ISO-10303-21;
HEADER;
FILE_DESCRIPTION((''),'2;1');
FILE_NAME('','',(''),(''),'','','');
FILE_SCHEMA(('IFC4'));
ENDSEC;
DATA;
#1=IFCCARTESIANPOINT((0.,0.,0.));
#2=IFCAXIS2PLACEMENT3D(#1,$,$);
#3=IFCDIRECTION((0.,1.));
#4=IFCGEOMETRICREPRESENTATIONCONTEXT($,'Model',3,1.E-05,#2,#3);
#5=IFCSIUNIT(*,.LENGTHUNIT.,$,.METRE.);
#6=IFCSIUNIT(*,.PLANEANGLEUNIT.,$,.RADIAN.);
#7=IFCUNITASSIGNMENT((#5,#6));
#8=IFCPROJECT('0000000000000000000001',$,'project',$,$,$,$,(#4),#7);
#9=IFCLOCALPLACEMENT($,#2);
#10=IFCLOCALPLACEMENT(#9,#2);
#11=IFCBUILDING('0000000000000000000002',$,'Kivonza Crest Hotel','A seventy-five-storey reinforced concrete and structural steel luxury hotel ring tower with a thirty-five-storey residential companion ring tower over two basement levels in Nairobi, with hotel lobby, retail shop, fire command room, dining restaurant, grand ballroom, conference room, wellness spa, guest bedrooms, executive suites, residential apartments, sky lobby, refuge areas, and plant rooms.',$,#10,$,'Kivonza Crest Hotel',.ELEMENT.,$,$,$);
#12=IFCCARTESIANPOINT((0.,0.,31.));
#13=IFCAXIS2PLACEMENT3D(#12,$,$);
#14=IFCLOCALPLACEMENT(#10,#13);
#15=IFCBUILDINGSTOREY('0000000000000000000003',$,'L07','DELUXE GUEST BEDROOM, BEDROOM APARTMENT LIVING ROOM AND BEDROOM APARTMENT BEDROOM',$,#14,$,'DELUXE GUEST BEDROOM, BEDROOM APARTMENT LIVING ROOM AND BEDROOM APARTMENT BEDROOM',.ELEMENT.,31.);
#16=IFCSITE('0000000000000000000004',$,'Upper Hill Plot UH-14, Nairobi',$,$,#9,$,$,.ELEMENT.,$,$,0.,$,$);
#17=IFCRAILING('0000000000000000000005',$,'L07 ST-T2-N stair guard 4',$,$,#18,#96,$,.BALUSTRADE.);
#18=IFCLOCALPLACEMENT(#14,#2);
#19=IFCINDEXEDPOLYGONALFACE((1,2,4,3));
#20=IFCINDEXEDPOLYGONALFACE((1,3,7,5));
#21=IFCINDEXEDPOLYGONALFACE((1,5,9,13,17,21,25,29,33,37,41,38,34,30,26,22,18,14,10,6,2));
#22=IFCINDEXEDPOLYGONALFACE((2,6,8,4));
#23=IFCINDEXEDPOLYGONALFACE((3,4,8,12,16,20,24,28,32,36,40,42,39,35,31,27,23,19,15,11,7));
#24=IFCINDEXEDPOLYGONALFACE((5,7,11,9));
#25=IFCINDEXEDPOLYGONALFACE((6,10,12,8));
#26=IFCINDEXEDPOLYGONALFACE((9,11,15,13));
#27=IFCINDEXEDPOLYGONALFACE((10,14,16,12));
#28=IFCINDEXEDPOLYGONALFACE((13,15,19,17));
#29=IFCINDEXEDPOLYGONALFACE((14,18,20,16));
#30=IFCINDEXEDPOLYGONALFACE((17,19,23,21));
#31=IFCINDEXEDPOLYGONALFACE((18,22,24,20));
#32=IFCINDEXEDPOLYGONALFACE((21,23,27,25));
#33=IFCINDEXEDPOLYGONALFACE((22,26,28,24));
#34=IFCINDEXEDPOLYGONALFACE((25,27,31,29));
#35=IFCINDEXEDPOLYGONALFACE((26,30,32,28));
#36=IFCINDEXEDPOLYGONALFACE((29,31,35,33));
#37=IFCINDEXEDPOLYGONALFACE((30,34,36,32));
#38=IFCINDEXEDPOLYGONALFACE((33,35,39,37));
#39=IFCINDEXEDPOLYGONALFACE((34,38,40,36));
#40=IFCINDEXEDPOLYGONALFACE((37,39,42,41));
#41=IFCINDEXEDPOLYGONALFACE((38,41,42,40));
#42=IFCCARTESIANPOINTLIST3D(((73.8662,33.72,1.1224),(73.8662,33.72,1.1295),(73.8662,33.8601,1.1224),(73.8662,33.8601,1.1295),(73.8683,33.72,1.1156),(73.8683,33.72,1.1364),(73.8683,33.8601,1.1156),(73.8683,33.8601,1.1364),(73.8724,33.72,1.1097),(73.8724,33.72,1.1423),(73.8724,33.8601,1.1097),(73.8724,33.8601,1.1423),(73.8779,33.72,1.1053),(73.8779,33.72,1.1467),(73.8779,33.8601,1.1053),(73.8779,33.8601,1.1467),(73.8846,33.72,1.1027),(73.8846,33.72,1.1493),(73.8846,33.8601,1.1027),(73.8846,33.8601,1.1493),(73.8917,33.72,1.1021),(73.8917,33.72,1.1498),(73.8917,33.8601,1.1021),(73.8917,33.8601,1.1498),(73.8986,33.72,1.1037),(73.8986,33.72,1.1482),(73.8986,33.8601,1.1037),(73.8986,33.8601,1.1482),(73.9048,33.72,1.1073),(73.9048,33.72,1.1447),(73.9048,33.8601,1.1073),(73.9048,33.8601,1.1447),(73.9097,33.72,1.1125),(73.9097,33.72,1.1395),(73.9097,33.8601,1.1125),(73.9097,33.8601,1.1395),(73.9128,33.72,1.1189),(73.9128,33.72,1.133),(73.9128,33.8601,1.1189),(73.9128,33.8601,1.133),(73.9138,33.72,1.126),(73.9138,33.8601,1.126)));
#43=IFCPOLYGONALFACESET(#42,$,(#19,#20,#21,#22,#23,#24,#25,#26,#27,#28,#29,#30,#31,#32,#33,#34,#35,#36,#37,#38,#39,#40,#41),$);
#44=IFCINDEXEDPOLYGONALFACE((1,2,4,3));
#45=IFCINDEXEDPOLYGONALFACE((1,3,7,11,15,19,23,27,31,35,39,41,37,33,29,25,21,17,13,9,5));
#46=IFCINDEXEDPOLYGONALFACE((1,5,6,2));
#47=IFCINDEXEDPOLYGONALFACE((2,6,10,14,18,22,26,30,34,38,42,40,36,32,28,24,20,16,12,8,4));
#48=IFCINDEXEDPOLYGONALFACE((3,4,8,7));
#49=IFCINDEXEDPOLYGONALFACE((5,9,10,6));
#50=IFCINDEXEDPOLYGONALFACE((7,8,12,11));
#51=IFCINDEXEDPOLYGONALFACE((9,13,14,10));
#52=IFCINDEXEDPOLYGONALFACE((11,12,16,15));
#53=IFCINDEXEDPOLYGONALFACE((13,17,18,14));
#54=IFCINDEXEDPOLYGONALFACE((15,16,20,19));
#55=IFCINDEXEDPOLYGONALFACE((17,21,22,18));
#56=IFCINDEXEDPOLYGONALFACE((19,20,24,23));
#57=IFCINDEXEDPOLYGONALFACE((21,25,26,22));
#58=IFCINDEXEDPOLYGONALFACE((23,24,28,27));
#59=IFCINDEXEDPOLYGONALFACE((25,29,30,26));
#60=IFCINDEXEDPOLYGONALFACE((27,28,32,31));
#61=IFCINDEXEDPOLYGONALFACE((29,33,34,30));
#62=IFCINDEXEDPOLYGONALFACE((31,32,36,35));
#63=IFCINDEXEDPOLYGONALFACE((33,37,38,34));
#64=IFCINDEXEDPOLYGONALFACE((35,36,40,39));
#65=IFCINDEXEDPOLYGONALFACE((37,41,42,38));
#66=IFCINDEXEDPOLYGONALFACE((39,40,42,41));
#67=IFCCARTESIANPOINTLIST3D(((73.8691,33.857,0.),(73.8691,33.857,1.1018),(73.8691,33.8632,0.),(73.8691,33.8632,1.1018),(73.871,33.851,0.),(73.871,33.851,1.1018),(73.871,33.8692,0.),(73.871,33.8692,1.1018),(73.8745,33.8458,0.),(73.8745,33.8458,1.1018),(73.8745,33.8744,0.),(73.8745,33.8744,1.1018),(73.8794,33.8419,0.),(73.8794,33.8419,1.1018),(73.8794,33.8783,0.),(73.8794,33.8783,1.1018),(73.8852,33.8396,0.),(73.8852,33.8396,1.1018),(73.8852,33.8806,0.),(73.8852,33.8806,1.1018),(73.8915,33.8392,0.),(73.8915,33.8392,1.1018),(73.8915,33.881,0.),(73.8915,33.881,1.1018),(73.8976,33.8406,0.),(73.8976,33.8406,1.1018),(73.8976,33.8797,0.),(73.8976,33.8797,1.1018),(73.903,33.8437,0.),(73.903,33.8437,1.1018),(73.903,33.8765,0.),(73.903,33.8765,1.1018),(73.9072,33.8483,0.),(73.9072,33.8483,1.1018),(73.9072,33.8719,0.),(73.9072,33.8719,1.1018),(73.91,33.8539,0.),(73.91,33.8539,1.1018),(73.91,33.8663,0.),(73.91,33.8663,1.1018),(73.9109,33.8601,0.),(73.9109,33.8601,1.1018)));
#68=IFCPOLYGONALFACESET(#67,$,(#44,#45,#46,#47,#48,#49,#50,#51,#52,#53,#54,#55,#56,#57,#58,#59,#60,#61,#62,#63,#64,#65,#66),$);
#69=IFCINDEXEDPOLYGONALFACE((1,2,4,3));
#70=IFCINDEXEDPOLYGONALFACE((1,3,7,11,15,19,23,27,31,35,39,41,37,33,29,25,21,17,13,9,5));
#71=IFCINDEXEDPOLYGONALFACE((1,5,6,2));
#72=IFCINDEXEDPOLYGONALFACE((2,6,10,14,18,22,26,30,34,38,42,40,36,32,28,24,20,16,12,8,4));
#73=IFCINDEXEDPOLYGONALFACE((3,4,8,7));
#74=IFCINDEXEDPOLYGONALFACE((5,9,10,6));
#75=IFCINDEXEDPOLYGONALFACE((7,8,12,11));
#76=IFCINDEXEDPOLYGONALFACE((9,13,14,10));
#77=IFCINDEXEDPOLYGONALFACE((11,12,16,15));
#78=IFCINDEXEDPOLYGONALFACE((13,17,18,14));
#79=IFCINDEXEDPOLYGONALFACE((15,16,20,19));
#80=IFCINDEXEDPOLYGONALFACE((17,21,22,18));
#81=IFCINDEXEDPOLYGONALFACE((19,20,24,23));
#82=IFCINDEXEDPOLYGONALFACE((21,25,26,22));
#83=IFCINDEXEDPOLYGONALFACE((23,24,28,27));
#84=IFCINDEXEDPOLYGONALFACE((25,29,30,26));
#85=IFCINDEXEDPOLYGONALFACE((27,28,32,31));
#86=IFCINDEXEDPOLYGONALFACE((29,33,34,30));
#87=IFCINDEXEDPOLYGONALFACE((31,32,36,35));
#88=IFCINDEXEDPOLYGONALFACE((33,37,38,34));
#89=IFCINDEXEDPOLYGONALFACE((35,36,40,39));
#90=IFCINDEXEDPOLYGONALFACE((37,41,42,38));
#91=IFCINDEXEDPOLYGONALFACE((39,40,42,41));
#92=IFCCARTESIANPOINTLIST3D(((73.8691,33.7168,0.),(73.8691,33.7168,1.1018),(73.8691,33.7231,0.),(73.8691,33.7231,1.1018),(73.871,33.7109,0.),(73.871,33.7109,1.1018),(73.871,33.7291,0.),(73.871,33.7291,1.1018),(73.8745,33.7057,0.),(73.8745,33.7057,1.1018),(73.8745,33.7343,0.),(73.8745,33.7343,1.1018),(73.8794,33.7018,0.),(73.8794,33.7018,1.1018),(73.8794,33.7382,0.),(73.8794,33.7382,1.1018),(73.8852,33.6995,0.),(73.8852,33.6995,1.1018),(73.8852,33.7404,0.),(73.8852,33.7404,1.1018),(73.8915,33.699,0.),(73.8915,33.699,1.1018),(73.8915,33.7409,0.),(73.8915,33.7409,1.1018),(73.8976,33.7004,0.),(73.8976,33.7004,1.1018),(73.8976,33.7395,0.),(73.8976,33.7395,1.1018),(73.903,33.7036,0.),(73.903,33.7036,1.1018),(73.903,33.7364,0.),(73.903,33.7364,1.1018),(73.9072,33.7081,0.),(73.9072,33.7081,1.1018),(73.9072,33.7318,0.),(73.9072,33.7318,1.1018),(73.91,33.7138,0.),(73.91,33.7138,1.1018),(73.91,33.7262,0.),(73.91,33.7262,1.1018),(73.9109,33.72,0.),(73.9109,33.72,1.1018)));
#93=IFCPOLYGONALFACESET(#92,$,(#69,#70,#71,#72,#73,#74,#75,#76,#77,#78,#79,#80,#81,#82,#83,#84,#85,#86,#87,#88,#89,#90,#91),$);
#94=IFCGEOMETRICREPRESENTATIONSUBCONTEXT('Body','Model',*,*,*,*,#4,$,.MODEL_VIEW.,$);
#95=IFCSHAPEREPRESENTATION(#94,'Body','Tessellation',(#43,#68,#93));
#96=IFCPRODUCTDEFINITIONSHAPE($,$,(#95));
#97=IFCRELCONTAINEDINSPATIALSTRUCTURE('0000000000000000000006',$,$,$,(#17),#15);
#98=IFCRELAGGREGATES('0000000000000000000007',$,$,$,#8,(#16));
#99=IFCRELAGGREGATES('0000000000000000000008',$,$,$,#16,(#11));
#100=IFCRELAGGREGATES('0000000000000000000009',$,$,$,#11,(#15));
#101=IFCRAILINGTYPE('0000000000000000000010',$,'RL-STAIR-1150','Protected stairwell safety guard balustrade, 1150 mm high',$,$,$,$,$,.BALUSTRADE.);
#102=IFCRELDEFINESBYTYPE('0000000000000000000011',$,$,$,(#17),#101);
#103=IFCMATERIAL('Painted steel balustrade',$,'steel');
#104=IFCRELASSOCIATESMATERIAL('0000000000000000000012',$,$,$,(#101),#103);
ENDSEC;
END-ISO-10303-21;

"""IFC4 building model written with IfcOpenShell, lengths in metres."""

from ifc_helpers import new_model, si_unit, direction, frame, origin, origin_2d, place, context, subcontext, project, spatial, circle, extrude, material, type_object, element, save


model = new_model("IFC4")

# Units and contexts
model_context = context("Model", 3, precision=1e-05, world=origin(), true_north=direction((0.0, 1.0)))
body_context = subcontext(model_context, "Body", "Model", "MODEL_VIEW")
ifc_project = project(units=[si_unit("LENGTHUNIT", "METRE"), si_unit("PLANEANGLEUNIT", "RADIAN")], contexts=[model_context])

# Site, building, storey
site_placement = place(None, origin())
site = spatial("IfcSite", under=ifc_project, at=site_placement, Name="Upper Hill Plot UH-14, Nairobi", CompositionType="ELEMENT", RefElevation=0.0)
building_placement = place(site_placement, origin())
building = spatial("IfcBuilding", under=site, at=building_placement, Name="Kivonza Crest Hotel", Description="A seventy-five-storey reinforced concrete and structural steel luxury hotel ring tower with a thirty-five-storey residential companion ring tower over two basement levels in Nairobi, with hotel lobby, retail shop, fire command room, dining restaurant, grand ballroom, conference room, wellness spa, guest bedrooms, executive suites, residential apartments, sky lobby, refuge areas, and plant rooms.", LongName="Kivonza Crest Hotel", CompositionType="ELEMENT")
storey_placement = place(building_placement, frame((0.0, 0.0, 31.0)))
storey = spatial("IfcBuildingStorey", under=building, at=storey_placement, Name="L07", Description="DELUXE GUEST BEDROOM, BEDROOM APARTMENT LIVING ROOM AND BEDROOM APARTMENT BEDROOM", LongName="DELUXE GUEST BEDROOM, BEDROOM APARTMENT LIVING ROOM AND BEDROOM APARTMENT BEDROOM", CompositionType="ELEMENT", Elevation=31.0)

# Railing
ifc_material_1 = material(Name="Painted steel balustrade", Category="steel")
railing_type_1 = type_object("IfcRailingType", Name="RL-STAIR-1150", Description="Protected stairwell safety guard balustrade, 1150 mm high", PredefinedType="BALUSTRADE", material=ifc_material_1)
railing_1_placement = place(storey_placement, frame((73.8899, 33.8601, 0.0)))
element("IfcRailing", 1, at=railing_1_placement, inside=storey, type_object=railing_type_1, Name="L07 ST-T2-N stair guard 4", PredefinedType="BALUSTRADE", context=body_context, shape_type="SweptSolid", body=[
    extrude(circle(Radius=0.0239, at=origin_2d()), frame((0.0, 0.0, 1.126), z_axis=(0.0, -1.0, 0.0), x_axis=(1.0, 0.0, 0.0)), (0.0, 0.0, 1.0), 0.1401),
    extrude(circle(Radius=0.021, at=origin_2d()), origin(), (0.0, 0.0, 1.0), 1.1018),
    extrude(circle(Radius=0.021, at=origin_2d()), frame((0.0, -0.1401, 0.0)), (0.0, 0.0, 1.0), 1.1018),
])

save(model, "model.ifc")
